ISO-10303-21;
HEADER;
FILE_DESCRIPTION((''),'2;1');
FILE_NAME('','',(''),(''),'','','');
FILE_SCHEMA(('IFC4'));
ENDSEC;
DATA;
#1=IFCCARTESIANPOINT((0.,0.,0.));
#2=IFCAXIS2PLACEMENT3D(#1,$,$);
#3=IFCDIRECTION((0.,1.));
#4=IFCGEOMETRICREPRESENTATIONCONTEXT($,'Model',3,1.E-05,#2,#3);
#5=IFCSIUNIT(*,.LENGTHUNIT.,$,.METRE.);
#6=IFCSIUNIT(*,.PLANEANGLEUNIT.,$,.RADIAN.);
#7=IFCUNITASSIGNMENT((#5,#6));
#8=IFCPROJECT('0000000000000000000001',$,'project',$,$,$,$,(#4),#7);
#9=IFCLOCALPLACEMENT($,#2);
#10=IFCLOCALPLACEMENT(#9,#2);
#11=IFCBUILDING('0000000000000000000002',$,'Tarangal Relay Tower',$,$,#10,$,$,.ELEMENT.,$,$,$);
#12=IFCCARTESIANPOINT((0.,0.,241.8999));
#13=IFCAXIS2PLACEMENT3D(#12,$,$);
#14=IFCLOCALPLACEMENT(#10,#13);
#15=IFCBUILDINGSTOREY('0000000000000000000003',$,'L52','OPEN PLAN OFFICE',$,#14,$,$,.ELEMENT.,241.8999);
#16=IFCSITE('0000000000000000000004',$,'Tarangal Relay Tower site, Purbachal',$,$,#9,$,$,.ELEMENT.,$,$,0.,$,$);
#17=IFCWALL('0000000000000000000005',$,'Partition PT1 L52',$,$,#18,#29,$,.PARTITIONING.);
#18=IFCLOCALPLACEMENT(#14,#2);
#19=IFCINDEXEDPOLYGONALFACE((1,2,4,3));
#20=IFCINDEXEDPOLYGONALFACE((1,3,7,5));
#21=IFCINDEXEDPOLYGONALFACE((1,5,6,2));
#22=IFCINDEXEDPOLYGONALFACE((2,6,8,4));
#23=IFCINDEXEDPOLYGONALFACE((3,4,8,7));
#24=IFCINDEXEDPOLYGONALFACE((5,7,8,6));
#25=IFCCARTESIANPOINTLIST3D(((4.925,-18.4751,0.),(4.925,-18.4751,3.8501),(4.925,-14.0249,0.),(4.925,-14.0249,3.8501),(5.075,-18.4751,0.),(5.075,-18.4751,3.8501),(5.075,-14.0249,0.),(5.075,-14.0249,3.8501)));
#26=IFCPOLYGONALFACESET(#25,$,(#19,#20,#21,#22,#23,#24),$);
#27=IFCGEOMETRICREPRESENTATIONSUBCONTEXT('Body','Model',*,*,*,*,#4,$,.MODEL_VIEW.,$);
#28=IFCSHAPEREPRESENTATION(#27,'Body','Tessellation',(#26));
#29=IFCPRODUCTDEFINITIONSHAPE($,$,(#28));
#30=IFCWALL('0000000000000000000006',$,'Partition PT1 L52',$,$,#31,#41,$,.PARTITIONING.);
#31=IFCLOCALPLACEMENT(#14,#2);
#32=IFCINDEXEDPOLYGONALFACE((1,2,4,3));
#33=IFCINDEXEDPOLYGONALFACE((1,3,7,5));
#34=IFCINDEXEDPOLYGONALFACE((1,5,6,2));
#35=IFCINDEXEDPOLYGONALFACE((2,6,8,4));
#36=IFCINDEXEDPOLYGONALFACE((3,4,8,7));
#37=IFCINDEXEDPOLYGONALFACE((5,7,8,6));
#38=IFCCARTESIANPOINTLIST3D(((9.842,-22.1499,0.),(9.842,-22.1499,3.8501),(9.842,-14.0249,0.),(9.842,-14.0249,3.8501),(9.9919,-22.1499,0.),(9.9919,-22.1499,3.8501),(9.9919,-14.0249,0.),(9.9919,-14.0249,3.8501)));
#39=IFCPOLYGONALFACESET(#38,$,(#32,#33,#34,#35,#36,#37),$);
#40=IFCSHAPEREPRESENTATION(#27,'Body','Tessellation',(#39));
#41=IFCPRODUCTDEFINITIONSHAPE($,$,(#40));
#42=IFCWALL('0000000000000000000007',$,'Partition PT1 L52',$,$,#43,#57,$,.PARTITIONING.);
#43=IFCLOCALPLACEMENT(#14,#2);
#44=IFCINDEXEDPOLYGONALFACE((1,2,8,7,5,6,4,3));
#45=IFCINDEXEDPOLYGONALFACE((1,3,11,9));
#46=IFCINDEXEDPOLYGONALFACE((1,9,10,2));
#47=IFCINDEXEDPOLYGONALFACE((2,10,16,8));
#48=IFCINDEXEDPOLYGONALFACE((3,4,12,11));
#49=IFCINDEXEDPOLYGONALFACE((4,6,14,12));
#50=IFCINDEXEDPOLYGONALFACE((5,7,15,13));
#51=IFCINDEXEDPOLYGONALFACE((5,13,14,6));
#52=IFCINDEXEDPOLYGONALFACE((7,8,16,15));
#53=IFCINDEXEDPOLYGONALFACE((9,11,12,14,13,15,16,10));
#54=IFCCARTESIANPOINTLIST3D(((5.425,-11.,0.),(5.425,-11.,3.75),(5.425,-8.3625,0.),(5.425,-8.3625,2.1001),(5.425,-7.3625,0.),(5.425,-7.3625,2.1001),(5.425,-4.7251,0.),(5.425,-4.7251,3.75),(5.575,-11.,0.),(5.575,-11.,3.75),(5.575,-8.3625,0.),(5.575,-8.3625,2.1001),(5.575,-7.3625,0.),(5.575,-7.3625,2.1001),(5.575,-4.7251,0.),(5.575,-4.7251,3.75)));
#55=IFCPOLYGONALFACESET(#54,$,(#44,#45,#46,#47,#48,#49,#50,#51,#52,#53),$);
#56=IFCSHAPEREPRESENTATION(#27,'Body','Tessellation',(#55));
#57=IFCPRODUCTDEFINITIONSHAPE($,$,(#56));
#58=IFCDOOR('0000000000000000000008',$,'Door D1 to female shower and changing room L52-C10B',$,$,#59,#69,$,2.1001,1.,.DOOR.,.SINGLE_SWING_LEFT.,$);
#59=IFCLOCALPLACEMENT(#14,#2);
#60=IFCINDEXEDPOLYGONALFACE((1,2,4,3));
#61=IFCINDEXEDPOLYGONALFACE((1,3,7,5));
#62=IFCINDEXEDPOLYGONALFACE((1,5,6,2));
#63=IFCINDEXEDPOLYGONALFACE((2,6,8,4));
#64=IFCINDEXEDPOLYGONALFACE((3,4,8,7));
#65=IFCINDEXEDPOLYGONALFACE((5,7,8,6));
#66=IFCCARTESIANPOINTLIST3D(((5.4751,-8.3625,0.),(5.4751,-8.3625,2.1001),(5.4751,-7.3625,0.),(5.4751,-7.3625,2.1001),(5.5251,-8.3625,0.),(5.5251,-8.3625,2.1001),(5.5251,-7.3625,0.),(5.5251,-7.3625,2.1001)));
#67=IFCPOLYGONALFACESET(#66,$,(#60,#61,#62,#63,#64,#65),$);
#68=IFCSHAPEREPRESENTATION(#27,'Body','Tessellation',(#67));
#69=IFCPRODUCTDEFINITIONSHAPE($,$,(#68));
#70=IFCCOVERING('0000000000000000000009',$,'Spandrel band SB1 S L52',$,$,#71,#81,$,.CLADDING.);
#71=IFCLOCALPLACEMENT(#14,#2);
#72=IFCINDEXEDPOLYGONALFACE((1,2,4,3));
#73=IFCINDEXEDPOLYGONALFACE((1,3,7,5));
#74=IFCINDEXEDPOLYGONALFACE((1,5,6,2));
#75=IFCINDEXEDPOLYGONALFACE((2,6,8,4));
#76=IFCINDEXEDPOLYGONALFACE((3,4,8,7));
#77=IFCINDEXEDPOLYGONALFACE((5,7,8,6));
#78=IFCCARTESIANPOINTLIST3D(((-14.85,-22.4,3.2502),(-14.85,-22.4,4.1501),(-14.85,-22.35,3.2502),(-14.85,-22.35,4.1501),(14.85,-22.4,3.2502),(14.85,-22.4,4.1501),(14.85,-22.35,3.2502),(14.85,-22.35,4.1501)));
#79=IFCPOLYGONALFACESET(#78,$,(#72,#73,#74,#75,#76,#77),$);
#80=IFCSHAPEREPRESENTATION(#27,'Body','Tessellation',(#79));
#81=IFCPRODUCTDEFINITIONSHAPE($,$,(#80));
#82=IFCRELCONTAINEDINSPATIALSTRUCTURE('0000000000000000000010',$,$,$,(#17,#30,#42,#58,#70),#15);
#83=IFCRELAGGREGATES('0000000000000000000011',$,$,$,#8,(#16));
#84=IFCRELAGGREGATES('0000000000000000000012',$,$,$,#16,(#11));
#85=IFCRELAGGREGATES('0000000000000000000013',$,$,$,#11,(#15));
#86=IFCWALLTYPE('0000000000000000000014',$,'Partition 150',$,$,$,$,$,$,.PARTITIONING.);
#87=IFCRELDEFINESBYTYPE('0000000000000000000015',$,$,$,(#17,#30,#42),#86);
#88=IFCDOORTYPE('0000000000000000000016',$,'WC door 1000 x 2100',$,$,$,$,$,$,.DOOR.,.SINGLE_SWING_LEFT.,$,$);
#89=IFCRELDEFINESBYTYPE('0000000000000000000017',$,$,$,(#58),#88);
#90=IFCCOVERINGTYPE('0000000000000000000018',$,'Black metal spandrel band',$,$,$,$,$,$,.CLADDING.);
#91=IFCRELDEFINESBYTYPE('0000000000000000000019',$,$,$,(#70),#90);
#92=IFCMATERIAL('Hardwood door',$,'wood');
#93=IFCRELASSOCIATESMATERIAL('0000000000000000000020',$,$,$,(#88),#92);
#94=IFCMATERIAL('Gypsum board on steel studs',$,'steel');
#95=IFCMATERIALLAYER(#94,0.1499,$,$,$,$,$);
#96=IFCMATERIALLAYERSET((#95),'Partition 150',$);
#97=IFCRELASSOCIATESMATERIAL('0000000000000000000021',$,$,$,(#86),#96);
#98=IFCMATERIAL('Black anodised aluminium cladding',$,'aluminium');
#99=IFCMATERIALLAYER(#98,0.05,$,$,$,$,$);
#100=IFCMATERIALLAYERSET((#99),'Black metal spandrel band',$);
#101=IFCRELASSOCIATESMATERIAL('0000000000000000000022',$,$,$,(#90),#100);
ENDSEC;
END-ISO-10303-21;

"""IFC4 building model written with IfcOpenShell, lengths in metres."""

from ifc_helpers import new_model, si_unit, direction, frame, frame_2d, origin, origin_2d, place, context, subcontext, project, spatial, rectangle, extrude, material, layer, layer_set, type_object, element, fill, save


model = new_model("IFC4")

# Units and contexts
model_context = context("Model", 3, precision=1e-05, world=origin(), true_north=direction((0.0, 1.0)))
body_context = subcontext(model_context, "Body", "Model", "MODEL_VIEW")
ifc_project = project(units=[si_unit("LENGTHUNIT", "METRE"), si_unit("PLANEANGLEUNIT", "RADIAN")], contexts=[model_context])

# Site, building, storey
site_placement = place(None, origin())
site = spatial("IfcSite", under=ifc_project, at=site_placement, Name="Tarangal Relay Tower site, Purbachal", CompositionType="ELEMENT", RefElevation=0.0)
building_placement = place(site_placement, origin())
building = spatial("IfcBuilding", under=site, at=building_placement, Name="Tarangal Relay Tower", CompositionType="ELEMENT")
storey_placement = place(building_placement, frame((0.0, 0.0, 241.8999)))
storey = spatial("IfcBuildingStorey", under=building, at=storey_placement, Name="L52", Description="OPEN PLAN OFFICE", CompositionType="ELEMENT", Elevation=241.8999)

# Shared definitions
ifc_material_1 = material(Name="Hardwood door", Category="wood")
door_type_1 = type_object("IfcDoorType", Name="WC door 1000 x 2100", OperationType="SINGLE_SWING_LEFT", PredefinedType="DOOR", material=ifc_material_1)

# Shared definitions
ifc_material_2 = material(Name="Gypsum board on steel studs", Category="steel")
ifc_layer_1 = layer(ifc_material_2, 0.1499)
ifc_layer_set_1 = layer_set([ifc_layer_1], Name="Partition 150")
wall_type_1 = type_object("IfcWallType", Name="Partition 150", PredefinedType="PARTITIONING", material=ifc_layer_set_1)

# Walls
wall_1_placement = place(storey_placement, frame((5.0, -18.4751, 0.0), z_axis=(0.0, 0.0, 1.0), x_axis=(0.0, 1.0, 0.0)))
element("IfcWall", 1, at=wall_1_placement, inside=storey, type_object=wall_type_1, Name="Partition PT1 L52", PredefinedType="PARTITIONING", context=body_context, shape_type="SweptSolid", body=[
    extrude(rectangle(XDim=4.4502, YDim=0.1499, at=frame_2d((2.2251, 0.0))), origin(), (0.0, 0.0, 1.0), 3.8501),
])
wall_2_placement = place(storey_placement, frame((9.917, -22.1499, 0.0), z_axis=(0.0, 0.0, 1.0), x_axis=(0.0, 1.0, 0.0)))
element("IfcWall", 2, at=wall_2_placement, inside=storey, type_object=wall_type_1, Name="Partition PT1 L52", PredefinedType="PARTITIONING", context=body_context, shape_type="SweptSolid", body=[
    extrude(rectangle(XDim=8.125, YDim=0.1499, at=frame_2d((4.0625, 0.0))), origin(), (0.0, 0.0, 1.0), 3.8501),
])

# Wall, opening, door
wall_3_placement = place(storey_placement, frame((5.5, -11.0, 0.0), z_axis=(0.0, 0.0, 1.0), x_axis=(0.0, 1.0, 0.0)))
wall_3 = element("IfcWall", 3, at=wall_3_placement, inside=storey, type_object=wall_type_1, Name="Partition PT1 L52", PredefinedType="PARTITIONING", context=body_context, shape_type="SweptSolid", body=[
    extrude(rectangle(XDim=6.2749, YDim=0.1499, at=frame_2d((3.1375, 0.0))), origin(), (0.0, 0.0, 1.0), 3.75),
])
opening_1_placement = place(wall_3_placement, frame((2.6375, 0.0, 0.0)))
opening_1 = element("IfcOpeningElement", 4, at=opening_1_placement, cuts=wall_3, PredefinedType="OPENING", context=body_context, shape_type="SweptSolid", body=[
    extrude(rectangle(XDim=1.0, YDim=2.1001, at=frame_2d((0.5, 1.05))), frame((0.0, 0.085, 0.0), z_axis=(0.0, -1.0, 0.0), x_axis=(1.0, 0.0, 0.0)), (0.0, 0.0, 1.0), 0.1699),
])
door_1_placement = place(opening_1_placement, origin())
door_1 = element("IfcDoor", 5, at=door_1_placement, inside=storey, type_object=door_type_1, Name="Door D1 to female shower and changing room L52-C10B", OperationType="SINGLE_SWING_LEFT", OverallHeight=2.1001, OverallWidth=1.0, PredefinedType="DOOR", context=body_context, shape_type="SweptSolid", body=[
    extrude(rectangle(XDim=1.0, YDim=2.1001, at=frame_2d((0.5, 1.05))), frame((0.0, 0.0249, 0.0), z_axis=(0.0, -1.0, 0.0), x_axis=(1.0, 0.0, 0.0)), (0.0, 0.0, 1.0), 0.05),
])
fill(opening_1, door_1)

# Covering
ifc_material_3 = material(Name="Black anodised aluminium cladding", Category="aluminium")
ifc_layer_2 = layer(ifc_material_3, 0.05)
ifc_layer_set_2 = layer_set([ifc_layer_2], Name="Black metal spandrel band")
covering_type = type_object("IfcCoveringType", Name="Black metal spandrel band", PredefinedType="CLADDING", material=ifc_layer_set_2)
covering_placement = place(storey_placement, frame((0.0, -22.375, 3.2502), z_axis=(0.0, 0.0, 1.0), x_axis=(-1.0, 0.0, 0.0)))
element("IfcCovering", 6, at=covering_placement, inside=storey, type_object=covering_type, Name="Spandrel band SB1 S L52", PredefinedType="CLADDING", context=body_context, shape_type="SweptSolid", body=[
    extrude(rectangle(XDim=29.7, YDim=0.05, at=origin_2d()), origin(), (0.0, 0.0, 1.0), 0.8999),
])

save(model, "model.ifc")
